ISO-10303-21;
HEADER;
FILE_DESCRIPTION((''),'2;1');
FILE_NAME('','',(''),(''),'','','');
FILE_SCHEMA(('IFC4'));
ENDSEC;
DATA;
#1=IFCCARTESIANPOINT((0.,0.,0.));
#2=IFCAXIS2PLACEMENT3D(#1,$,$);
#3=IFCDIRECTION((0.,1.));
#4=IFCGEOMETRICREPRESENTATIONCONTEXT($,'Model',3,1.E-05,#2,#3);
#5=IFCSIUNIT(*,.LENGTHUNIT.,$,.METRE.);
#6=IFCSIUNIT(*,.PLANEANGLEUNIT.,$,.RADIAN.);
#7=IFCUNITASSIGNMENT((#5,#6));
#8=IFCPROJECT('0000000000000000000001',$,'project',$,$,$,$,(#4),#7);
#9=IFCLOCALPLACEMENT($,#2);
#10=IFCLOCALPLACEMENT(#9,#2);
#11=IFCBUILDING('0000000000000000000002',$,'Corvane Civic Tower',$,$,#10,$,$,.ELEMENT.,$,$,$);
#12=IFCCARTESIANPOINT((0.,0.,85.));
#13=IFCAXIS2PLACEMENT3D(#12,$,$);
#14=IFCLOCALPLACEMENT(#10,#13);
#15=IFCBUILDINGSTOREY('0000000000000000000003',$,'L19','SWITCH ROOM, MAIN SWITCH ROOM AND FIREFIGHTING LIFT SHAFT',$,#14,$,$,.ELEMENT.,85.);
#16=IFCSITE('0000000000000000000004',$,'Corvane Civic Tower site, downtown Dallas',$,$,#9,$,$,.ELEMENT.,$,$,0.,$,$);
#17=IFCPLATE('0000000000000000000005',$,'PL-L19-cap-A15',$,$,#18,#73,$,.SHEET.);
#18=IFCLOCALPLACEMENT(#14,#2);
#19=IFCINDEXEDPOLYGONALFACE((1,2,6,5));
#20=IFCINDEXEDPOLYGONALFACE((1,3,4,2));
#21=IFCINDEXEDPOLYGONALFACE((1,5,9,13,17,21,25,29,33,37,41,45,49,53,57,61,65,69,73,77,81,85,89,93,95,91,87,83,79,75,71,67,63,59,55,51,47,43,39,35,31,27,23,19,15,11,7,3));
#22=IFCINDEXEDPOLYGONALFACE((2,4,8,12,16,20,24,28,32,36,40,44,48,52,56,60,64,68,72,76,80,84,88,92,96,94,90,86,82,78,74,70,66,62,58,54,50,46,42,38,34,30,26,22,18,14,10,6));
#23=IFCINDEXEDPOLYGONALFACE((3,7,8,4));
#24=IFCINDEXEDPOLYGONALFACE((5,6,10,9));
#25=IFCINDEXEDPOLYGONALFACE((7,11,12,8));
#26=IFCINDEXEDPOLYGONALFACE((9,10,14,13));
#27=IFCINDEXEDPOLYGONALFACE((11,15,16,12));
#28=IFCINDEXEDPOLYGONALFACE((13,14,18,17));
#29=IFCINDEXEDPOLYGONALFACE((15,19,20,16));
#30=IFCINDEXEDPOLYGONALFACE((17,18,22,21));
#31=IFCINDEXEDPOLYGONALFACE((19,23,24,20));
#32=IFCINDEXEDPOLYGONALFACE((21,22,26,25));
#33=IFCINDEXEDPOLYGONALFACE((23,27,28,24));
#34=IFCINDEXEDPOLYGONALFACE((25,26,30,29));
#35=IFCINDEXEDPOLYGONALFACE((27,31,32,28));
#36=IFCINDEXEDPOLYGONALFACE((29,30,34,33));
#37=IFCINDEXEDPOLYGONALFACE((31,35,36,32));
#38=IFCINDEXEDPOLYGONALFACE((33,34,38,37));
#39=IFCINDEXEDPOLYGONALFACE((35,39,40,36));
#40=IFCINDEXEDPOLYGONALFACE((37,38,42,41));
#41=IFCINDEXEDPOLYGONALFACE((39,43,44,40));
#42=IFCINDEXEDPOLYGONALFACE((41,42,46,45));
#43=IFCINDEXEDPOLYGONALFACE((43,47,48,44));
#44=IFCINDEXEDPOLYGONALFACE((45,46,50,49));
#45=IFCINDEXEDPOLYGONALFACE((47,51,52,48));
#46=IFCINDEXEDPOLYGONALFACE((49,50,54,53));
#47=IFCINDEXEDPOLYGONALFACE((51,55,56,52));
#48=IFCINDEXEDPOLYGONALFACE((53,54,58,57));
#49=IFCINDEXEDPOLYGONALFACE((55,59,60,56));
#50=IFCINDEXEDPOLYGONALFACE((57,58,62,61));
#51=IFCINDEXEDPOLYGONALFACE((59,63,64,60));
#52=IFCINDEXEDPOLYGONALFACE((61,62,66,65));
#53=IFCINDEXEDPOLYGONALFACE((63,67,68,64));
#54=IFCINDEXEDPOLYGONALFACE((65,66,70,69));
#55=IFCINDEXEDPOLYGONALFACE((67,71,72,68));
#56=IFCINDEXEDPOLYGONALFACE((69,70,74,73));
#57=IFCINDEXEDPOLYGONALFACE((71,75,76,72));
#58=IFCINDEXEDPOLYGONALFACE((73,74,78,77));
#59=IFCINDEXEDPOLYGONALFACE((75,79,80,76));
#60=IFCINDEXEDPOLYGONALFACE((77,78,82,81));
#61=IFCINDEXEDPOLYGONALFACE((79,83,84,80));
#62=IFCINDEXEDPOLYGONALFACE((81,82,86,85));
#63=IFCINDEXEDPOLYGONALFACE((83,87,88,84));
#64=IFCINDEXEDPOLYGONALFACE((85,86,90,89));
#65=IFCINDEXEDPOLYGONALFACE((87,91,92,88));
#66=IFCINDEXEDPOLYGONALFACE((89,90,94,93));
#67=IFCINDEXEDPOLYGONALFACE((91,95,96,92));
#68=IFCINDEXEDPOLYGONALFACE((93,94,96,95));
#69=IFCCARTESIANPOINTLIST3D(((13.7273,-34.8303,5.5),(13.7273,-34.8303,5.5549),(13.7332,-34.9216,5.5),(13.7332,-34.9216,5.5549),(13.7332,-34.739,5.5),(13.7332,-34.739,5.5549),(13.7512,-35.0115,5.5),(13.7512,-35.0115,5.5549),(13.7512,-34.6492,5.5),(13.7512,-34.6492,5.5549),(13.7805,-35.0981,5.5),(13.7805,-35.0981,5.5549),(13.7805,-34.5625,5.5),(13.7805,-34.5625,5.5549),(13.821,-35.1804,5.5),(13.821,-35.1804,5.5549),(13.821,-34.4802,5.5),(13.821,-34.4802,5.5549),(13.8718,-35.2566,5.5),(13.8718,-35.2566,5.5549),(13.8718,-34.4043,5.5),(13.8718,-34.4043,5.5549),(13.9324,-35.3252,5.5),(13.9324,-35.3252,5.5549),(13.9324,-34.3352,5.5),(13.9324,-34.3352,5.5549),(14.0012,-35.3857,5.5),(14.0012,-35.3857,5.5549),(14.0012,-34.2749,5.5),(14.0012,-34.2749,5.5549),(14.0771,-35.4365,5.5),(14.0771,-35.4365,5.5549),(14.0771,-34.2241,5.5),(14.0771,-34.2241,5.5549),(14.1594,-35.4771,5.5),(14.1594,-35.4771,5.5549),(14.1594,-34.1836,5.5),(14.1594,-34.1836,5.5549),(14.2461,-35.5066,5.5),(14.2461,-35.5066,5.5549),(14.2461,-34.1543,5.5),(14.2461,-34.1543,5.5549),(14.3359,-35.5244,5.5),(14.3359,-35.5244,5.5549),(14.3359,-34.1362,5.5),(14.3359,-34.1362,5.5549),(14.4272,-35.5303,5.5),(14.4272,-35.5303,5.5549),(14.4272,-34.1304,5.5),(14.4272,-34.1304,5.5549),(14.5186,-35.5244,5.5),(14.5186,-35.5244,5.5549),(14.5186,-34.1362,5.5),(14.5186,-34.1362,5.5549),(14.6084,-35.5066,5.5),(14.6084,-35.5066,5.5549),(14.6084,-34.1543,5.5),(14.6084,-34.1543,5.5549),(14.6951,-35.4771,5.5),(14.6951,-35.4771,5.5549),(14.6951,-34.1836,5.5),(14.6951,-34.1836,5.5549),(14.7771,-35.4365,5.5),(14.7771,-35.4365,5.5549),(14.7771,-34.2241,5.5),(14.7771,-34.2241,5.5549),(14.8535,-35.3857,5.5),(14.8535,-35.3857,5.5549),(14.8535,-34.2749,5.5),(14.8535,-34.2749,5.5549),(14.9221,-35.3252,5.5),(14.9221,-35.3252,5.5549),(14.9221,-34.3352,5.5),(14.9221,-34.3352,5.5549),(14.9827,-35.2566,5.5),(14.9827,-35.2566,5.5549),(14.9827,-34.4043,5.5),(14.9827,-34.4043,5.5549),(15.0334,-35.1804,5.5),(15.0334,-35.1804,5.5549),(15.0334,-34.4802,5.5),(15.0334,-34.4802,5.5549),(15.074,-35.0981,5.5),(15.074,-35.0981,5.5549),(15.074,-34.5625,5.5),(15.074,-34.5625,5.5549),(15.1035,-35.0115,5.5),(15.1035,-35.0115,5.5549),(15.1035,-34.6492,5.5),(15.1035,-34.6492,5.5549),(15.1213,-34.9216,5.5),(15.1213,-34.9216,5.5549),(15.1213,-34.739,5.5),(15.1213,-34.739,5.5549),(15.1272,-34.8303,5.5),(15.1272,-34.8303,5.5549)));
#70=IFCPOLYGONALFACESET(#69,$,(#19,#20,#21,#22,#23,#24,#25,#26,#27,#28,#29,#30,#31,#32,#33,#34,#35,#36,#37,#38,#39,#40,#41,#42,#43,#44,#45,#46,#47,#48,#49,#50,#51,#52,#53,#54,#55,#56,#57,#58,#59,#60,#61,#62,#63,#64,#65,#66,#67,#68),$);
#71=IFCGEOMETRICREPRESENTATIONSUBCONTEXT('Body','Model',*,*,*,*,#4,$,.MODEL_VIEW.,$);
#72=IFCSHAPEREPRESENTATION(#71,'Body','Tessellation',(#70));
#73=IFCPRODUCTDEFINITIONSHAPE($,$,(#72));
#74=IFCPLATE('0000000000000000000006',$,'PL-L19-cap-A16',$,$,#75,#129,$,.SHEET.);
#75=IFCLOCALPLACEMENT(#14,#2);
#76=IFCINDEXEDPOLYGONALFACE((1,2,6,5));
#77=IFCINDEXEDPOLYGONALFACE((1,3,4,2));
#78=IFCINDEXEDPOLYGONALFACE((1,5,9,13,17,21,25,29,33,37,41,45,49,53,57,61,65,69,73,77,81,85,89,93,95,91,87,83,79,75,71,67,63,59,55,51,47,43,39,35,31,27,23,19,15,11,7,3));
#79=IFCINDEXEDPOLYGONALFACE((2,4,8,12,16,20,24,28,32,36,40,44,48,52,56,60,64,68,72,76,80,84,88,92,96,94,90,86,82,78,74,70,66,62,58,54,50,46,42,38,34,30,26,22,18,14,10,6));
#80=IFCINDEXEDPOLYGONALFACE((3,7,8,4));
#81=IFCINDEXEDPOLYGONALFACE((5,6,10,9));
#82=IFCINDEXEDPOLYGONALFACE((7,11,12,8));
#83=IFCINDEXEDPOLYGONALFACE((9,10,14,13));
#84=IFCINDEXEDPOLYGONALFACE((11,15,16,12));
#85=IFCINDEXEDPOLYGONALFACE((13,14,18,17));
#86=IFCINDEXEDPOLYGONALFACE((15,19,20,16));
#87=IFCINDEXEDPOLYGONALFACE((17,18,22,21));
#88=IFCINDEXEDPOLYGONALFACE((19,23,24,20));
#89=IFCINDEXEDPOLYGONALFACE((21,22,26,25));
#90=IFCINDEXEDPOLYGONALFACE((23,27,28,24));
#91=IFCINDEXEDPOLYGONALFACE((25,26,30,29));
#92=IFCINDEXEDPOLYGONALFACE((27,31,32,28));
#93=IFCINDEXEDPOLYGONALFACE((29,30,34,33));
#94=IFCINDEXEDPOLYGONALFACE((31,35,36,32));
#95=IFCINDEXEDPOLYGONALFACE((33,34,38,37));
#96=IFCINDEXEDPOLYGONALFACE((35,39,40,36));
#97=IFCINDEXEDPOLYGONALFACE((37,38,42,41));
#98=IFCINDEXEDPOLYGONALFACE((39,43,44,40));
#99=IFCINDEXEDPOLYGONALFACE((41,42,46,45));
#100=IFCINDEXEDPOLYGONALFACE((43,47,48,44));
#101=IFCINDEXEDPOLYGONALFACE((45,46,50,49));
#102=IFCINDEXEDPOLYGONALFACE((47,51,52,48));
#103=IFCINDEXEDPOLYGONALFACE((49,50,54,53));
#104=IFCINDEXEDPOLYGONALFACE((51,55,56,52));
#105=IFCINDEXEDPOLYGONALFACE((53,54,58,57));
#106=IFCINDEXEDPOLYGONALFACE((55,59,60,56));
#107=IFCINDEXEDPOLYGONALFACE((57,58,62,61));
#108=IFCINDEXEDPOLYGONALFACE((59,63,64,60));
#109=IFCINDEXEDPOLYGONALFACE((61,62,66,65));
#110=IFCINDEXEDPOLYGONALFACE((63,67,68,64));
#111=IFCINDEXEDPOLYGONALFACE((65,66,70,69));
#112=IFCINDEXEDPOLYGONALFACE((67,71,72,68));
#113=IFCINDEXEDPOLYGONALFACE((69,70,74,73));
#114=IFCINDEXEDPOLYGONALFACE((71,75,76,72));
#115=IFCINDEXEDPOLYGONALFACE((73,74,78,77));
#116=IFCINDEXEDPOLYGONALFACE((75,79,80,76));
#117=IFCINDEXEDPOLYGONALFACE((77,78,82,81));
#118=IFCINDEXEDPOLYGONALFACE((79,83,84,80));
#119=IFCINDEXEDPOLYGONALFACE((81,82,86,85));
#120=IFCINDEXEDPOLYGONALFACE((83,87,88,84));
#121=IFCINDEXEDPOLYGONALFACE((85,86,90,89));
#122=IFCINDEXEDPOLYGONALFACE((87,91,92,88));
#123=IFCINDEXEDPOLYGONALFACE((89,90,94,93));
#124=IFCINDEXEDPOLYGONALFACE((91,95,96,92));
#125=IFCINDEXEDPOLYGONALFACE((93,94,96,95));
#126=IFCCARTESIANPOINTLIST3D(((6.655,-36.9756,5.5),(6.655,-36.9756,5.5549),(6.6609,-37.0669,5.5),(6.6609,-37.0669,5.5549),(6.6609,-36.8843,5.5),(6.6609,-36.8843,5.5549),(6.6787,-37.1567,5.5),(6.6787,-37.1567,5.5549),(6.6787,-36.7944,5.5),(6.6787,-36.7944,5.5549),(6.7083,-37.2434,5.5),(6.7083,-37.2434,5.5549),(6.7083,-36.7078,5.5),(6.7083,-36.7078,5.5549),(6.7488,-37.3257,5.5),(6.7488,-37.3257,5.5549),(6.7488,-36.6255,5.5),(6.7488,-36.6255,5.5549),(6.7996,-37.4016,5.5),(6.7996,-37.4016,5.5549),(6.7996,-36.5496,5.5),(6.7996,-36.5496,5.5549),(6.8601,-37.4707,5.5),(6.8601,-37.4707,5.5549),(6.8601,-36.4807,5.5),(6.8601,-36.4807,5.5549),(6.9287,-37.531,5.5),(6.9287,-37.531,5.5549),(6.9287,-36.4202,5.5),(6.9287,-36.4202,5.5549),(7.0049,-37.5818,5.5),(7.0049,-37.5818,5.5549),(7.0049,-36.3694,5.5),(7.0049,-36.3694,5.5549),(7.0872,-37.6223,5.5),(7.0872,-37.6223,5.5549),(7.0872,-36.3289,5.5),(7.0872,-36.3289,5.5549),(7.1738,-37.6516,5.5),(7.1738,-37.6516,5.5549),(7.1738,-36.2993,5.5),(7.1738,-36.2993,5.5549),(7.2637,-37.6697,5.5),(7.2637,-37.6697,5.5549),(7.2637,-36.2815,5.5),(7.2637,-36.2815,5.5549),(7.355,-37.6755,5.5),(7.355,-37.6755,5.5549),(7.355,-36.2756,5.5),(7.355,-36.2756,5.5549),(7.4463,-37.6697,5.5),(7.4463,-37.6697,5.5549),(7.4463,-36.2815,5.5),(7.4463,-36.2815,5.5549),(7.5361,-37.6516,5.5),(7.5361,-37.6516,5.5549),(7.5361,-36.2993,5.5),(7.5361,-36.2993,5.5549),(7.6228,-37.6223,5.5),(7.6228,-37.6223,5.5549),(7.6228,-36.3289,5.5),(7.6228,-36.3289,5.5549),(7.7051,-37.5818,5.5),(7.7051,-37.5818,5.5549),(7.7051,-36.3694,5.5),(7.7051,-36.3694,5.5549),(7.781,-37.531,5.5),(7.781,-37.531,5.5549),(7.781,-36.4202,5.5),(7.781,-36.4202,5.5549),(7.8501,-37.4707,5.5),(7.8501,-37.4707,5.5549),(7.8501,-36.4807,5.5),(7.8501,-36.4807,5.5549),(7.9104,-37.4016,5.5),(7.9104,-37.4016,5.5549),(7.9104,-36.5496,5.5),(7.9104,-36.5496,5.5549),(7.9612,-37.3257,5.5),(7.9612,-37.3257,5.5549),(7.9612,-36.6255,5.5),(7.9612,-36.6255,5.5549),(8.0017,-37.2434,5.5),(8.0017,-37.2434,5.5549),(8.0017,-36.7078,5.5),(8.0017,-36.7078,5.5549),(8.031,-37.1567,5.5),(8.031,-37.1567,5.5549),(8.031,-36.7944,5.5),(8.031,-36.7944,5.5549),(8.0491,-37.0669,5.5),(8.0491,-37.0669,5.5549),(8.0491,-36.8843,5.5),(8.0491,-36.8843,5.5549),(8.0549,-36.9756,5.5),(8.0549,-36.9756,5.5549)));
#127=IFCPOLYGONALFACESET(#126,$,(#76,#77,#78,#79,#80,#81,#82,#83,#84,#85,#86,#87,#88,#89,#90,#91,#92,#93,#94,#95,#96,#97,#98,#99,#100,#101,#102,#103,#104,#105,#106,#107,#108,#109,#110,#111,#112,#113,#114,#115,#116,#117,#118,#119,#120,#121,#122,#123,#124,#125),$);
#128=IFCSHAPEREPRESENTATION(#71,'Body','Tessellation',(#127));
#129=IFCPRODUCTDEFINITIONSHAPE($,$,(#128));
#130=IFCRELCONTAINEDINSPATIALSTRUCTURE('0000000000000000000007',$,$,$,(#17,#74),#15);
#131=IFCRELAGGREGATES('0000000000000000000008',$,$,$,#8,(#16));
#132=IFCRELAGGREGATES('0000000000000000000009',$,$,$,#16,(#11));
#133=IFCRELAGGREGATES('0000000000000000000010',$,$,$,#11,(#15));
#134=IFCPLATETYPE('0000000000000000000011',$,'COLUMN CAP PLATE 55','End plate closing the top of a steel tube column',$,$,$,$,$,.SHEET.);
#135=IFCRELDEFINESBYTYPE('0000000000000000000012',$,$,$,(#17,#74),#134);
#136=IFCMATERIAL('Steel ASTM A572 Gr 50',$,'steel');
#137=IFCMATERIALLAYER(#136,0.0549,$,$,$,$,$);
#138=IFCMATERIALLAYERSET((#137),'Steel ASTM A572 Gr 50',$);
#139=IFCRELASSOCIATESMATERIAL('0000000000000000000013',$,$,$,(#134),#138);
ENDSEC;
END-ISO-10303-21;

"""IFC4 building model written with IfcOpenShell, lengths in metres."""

from ifc_helpers import new_model, si_unit, direction, frame, origin, place, context, subcontext, project, spatial, polyline, outline, extrude, material, layer, layer_set, type_object, element, save


model = new_model("IFC4")

# Units and contexts
model_context = context("Model", 3, precision=1e-05, world=origin(), true_north=direction((0.0, 1.0)))
body_context = subcontext(model_context, "Body", "Model", "MODEL_VIEW")
ifc_project = project(units=[si_unit("LENGTHUNIT", "METRE"), si_unit("PLANEANGLEUNIT", "RADIAN")], contexts=[model_context])

# Site, building, storey
site_placement = place(None, origin())
site = spatial("IfcSite", under=ifc_project, at=site_placement, Name="Corvane Civic Tower site, downtown Dallas", CompositionType="ELEMENT", RefElevation=0.0)
building_placement = place(site_placement, origin())
building = spatial("IfcBuilding", under=site, at=building_placement, Name="Corvane Civic Tower", CompositionType="ELEMENT")
storey_placement = place(building_placement, frame((0.0, 0.0, 85.0)))
storey = spatial("IfcBuildingStorey", under=building, at=storey_placement, Name="L19", Description="SWITCH ROOM, MAIN SWITCH ROOM AND FIREFIGHTING LIFT SHAFT", CompositionType="ELEMENT", Elevation=85.0)

# Plates
ifc_material_1 = material(Name="Steel ASTM A572 Gr 50", Category="steel")
ifc_layer_1 = layer(ifc_material_1, 0.0549)
ifc_layer_set_1 = layer_set([ifc_layer_1], Name="Steel ASTM A572 Gr 50")
plate_type = type_object("IfcPlateType", Name="COLUMN CAP PLATE 55", Description="End plate closing the top of a steel tube column", PredefinedType="SHEET", material=ifc_layer_set_1)
plate_1_placement = place(storey_placement, frame((0.0, 0.0, 5.5)))
element("IfcPlate", 1, at=plate_1_placement, inside=storey, type_object=plate_type, Name="PL-L19-cap-A15", PredefinedType="SHEET", context=body_context, shape_type="SweptSolid", body=[
    extrude(outline(polyline([(15.1272, -34.8303), (15.1213, -34.739), (15.1035, -34.6492), (15.074, -34.5625), (15.0334, -34.4802), (14.9827, -34.4043), (14.9221, -34.3352), (14.8535, -34.2749), (14.7771, -34.2241), (14.6951, -34.1836), (14.6084, -34.1543), (14.5186, -34.1362), (14.4272, -34.1304), (14.3359, -34.1362), (14.2461, -34.1543), (14.1594, -34.1836), (14.0771, -34.2241), (14.0012, -34.2749), (13.9324, -34.3352), (13.8718, -34.4043), (13.821, -34.4802), (13.7805, -34.5625), (13.7512, -34.6492), (13.7332, -34.739), (13.7273, -34.8303), (13.7332, -34.9216), (13.7512, -35.0115), (13.7805, -35.0981), (13.821, -35.1804), (13.8718, -35.2566), (13.9324, -35.3252), (14.0012, -35.3857), (14.0771, -35.4365), (14.1594, -35.4771), (14.2461, -35.5066), (14.3359, -35.5244), (14.4272, -35.5303), (14.5186, -35.5244), (14.6084, -35.5066), (14.6951, -35.4771), (14.7771, -35.4365), (14.8535, -35.3857), (14.9221, -35.3252), (14.9827, -35.2566), (15.0334, -35.1804), (15.074, -35.0981), (15.1035, -35.0115), (15.1213, -34.9216), (15.1272, -34.8303)])), origin(), (0.0, 0.0, 1.0), 0.0549),
])
plate_2_placement = place(storey_placement, frame((0.0, 0.0, 5.5)))
element("IfcPlate", 2, at=plate_2_placement, inside=storey, type_object=plate_type, Name="PL-L19-cap-A16", PredefinedType="SHEET", context=body_context, shape_type="SweptSolid", body=[
    extrude(outline(polyline([(8.0549, -36.9756), (8.0491, -36.8843), (8.031, -36.7944), (8.0017, -36.7078), (7.9612, -36.6255), (7.9104, -36.5496), (7.8501, -36.4807), (7.781, -36.4202), (7.7051, -36.3694), (7.6228, -36.3289), (7.5361, -36.2993), (7.4463, -36.2815), (7.355, -36.2756), (7.2637, -36.2815), (7.1738, -36.2993), (7.0872, -36.3289), (7.0049, -36.3694), (6.9287, -36.4202), (6.8601, -36.4807), (6.7996, -36.5496), (6.7488, -36.6255), (6.7083, -36.7078), (6.6787, -36.7944), (6.6609, -36.8843), (6.655, -36.9756), (6.6609, -37.0669), (6.6787, -37.1567), (6.7083, -37.2434), (6.7488, -37.3257), (6.7996, -37.4016), (6.8601, -37.4707), (6.9287, -37.531), (7.0049, -37.5818), (7.0872, -37.6223), (7.1738, -37.6516), (7.2637, -37.6697), (7.355, -37.6755), (7.4463, -37.6697), (7.5361, -37.6516), (7.6228, -37.6223), (7.7051, -37.5818), (7.781, -37.531), (7.8501, -37.4707), (7.9104, -37.4016), (7.9612, -37.3257), (8.0017, -37.2434), (8.031, -37.1567), (8.0491, -37.0669), (8.0549, -36.9756)])), origin(), (0.0, 0.0, 1.0), 0.0549),
])

save(model, "model.ifc")
